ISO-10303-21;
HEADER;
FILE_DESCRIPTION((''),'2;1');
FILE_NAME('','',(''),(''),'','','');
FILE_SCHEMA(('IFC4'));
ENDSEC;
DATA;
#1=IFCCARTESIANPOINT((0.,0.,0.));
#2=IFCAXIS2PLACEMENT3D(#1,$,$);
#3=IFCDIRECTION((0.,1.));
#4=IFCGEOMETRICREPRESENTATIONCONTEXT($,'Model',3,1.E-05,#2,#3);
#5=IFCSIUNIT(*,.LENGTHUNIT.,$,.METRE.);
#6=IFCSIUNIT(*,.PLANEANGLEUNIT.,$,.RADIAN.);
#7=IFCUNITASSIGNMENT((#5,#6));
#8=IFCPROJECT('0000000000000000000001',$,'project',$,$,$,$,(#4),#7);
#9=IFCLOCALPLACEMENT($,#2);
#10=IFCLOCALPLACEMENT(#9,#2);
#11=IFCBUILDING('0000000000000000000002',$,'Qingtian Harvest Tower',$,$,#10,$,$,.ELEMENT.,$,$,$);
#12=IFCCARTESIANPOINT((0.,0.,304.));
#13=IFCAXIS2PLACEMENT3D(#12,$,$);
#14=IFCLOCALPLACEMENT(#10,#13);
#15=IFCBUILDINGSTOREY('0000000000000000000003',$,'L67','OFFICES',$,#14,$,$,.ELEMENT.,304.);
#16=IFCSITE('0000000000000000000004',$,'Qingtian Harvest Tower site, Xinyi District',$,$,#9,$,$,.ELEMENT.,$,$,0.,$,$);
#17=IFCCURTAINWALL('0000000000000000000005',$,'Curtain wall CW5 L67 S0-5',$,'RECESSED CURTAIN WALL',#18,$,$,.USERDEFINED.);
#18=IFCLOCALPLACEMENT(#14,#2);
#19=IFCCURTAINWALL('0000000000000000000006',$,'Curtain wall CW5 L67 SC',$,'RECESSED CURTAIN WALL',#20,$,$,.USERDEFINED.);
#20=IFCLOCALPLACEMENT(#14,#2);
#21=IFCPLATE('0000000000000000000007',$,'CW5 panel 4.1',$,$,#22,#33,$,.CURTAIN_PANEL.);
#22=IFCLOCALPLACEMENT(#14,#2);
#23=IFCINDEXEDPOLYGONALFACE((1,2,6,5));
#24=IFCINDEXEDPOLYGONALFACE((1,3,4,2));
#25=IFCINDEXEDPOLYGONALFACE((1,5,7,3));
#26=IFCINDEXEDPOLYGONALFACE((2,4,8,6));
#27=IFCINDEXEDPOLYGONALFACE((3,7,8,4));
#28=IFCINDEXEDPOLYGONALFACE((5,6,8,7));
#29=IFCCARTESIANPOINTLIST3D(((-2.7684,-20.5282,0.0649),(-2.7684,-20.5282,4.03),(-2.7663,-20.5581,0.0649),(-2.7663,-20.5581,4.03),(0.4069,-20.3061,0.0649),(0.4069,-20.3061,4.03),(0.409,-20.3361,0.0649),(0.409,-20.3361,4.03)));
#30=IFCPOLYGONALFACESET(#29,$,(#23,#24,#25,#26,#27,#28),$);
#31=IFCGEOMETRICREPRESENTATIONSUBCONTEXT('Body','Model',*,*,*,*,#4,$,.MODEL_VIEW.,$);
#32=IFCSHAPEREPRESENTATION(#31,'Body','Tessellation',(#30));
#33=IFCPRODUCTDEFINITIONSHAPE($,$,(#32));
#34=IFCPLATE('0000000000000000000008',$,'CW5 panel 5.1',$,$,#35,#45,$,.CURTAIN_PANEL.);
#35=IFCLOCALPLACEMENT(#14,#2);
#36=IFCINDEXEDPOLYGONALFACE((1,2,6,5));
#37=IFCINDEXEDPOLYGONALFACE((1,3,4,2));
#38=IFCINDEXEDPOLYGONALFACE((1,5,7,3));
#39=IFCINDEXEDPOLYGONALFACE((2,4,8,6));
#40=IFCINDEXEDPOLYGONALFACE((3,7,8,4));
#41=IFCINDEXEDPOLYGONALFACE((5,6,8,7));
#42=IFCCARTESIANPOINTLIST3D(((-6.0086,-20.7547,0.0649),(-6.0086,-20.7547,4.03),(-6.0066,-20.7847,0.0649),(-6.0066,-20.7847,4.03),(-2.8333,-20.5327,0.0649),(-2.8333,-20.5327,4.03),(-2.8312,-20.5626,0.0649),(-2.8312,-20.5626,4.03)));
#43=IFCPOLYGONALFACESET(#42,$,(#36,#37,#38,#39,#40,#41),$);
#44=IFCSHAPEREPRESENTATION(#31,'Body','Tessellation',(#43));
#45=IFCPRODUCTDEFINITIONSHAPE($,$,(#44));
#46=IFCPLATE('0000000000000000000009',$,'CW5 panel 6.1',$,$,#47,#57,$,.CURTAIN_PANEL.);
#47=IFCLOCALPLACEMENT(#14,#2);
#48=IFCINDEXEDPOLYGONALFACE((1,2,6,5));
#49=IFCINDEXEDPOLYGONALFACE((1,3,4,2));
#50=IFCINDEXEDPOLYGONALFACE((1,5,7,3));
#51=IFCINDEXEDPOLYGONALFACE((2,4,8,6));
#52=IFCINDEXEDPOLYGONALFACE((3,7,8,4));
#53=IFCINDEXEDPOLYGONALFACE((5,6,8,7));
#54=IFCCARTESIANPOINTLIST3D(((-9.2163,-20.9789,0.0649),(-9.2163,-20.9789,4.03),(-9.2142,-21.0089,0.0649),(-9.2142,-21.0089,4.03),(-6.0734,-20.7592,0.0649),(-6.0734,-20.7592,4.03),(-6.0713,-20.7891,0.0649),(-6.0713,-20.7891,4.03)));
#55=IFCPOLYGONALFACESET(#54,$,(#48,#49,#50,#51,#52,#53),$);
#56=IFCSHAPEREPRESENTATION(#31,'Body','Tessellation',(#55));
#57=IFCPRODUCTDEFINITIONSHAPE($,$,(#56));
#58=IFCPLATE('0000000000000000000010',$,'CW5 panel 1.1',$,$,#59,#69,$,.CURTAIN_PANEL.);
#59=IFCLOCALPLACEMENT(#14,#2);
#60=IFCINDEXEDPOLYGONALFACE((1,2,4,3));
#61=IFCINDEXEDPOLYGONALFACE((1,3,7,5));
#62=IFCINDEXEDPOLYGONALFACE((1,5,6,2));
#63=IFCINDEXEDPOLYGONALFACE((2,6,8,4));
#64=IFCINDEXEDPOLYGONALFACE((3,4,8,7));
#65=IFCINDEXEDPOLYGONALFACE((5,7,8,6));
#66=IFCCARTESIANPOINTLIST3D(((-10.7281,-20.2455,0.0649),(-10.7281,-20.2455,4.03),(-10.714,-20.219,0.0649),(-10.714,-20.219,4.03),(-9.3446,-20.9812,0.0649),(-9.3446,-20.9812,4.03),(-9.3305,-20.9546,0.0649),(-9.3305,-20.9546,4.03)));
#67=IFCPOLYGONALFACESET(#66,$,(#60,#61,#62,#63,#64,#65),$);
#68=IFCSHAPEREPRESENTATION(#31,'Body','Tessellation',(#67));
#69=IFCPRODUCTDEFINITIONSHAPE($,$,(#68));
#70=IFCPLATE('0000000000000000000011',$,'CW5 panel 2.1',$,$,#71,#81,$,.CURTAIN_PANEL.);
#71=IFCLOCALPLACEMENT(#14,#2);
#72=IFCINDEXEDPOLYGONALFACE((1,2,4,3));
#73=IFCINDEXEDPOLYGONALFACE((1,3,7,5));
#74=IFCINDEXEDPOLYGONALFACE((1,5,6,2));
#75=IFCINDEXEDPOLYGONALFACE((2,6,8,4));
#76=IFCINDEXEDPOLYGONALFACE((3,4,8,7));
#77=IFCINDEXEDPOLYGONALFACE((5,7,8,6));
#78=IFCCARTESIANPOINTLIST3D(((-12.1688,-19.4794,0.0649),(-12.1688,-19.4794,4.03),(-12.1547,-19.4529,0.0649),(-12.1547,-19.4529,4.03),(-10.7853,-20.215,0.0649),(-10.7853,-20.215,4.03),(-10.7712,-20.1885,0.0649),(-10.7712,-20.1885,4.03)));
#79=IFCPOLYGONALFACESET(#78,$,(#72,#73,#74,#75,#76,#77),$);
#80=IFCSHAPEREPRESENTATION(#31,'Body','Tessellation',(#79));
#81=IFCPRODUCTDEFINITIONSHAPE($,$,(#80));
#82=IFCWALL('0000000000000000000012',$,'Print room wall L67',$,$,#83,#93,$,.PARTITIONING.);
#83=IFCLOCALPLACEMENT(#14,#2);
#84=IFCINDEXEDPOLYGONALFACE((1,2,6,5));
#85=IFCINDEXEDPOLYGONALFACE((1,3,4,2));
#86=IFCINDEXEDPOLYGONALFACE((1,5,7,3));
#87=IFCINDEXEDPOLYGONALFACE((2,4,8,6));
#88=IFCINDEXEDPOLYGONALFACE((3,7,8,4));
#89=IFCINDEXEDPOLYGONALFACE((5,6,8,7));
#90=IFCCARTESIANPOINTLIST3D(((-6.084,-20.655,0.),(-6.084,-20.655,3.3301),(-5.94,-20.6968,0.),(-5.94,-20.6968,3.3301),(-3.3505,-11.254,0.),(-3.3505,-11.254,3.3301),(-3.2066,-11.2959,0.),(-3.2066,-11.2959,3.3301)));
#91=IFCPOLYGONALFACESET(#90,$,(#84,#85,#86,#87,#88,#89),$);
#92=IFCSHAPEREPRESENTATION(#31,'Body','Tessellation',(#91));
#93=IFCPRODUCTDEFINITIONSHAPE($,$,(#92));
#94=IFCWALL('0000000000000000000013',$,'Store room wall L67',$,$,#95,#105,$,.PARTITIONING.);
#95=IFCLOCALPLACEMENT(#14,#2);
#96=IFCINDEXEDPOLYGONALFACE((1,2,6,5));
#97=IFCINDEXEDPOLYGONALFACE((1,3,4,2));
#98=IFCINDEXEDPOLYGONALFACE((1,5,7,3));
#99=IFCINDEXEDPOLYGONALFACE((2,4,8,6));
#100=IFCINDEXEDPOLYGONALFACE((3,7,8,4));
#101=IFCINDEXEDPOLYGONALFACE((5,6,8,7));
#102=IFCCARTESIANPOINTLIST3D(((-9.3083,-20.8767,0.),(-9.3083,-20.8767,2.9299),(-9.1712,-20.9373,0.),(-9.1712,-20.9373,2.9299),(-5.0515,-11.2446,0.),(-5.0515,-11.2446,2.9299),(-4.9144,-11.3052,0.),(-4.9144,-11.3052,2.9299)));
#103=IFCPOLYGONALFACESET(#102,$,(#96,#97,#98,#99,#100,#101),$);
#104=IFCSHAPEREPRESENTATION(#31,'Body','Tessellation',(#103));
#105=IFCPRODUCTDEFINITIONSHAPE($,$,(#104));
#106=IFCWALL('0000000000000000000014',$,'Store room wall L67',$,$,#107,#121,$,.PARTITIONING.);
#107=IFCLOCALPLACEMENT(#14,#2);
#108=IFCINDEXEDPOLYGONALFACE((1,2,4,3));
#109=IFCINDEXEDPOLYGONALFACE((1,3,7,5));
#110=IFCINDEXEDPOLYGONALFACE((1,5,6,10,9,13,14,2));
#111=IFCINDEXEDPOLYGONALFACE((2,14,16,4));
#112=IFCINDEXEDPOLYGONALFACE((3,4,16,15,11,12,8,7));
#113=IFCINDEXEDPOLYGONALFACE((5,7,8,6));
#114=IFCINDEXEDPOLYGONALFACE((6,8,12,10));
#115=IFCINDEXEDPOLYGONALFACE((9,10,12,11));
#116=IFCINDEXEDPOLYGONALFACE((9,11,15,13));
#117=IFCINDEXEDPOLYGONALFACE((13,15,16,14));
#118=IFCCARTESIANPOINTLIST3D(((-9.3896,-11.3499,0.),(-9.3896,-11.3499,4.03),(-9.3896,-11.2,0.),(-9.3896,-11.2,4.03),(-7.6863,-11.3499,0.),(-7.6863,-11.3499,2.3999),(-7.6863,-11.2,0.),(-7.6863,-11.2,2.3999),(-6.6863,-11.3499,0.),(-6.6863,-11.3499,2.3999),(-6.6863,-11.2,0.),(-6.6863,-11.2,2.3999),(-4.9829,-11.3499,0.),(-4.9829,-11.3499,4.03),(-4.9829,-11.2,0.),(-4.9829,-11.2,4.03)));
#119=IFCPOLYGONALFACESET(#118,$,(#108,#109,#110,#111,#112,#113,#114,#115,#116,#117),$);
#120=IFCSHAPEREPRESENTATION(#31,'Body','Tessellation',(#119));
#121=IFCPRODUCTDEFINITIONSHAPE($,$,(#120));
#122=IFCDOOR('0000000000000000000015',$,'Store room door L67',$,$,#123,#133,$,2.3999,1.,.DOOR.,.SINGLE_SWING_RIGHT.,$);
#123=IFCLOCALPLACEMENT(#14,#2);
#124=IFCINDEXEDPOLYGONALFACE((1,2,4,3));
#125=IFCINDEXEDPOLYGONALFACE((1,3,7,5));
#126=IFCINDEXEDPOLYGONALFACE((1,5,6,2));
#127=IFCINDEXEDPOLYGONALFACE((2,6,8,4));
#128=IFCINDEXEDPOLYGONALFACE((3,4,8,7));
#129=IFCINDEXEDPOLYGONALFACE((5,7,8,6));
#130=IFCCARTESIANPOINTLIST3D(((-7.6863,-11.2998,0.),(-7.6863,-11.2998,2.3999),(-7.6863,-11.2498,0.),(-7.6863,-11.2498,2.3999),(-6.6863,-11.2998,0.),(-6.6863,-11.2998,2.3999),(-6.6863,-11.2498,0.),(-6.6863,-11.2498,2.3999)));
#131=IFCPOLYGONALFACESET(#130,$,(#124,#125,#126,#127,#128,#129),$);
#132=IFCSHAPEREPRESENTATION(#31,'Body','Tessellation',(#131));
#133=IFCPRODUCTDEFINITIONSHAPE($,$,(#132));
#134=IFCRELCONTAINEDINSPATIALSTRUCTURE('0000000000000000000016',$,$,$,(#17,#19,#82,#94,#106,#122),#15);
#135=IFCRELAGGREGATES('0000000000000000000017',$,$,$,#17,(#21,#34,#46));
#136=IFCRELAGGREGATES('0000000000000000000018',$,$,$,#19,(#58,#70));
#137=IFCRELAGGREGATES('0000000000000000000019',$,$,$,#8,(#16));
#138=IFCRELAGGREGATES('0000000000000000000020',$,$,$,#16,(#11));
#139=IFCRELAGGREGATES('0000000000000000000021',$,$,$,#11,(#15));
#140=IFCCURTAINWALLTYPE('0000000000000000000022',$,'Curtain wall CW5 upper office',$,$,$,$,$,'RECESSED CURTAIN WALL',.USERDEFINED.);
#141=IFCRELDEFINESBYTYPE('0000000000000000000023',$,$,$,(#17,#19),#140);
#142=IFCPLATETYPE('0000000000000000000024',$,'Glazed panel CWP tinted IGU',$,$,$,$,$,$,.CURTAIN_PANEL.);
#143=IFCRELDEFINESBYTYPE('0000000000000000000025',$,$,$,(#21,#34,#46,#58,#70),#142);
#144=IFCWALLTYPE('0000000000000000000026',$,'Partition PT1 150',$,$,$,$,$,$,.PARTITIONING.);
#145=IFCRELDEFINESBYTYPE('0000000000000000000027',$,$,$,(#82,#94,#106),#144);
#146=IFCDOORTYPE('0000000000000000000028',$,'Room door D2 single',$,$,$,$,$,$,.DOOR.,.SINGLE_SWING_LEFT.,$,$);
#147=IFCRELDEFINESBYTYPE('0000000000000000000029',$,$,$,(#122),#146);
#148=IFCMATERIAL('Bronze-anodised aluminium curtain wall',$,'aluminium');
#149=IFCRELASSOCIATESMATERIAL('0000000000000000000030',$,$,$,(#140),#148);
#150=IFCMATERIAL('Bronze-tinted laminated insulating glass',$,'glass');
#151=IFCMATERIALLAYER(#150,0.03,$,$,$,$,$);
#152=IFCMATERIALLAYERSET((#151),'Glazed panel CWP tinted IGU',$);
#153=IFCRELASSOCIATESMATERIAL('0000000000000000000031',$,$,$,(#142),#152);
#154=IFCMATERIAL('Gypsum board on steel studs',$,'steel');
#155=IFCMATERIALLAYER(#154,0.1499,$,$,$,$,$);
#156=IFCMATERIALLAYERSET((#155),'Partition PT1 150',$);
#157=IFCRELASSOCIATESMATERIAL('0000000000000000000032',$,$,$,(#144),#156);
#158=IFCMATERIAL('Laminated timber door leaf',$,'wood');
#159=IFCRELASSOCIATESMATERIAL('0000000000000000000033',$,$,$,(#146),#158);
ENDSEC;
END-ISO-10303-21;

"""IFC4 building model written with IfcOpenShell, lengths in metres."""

from ifc_helpers import new_model, si_unit, direction, frame, frame_2d, origin, origin_2d, place, context, subcontext, project, spatial, rectangle, extrude, material, layer, layer_set, type_object, element, fill, aggregate, save


model = new_model("IFC4")

# Units and contexts
model_context = context("Model", 3, precision=1e-05, world=origin(), true_north=direction((0.0, 1.0)))
body_context = subcontext(model_context, "Body", "Model", "MODEL_VIEW")
ifc_project = project(units=[si_unit("LENGTHUNIT", "METRE"), si_unit("PLANEANGLEUNIT", "RADIAN")], contexts=[model_context])

# Site, building, storey
site_placement = place(None, origin())
site = spatial("IfcSite", under=ifc_project, at=site_placement, Name="Qingtian Harvest Tower site, Xinyi District", CompositionType="ELEMENT", RefElevation=0.0)
building_placement = place(site_placement, origin())
building = spatial("IfcBuilding", under=site, at=building_placement, Name="Qingtian Harvest Tower", CompositionType="ELEMENT")
storey_placement = place(building_placement, frame((0.0, 0.0, 304.0)))
storey = spatial("IfcBuildingStorey", under=building, at=storey_placement, Name="L67", Description="OFFICES", CompositionType="ELEMENT", Elevation=304.0)

# Curtain walls
ifc_material_1 = material(Name="Bronze-anodised aluminium curtain wall", Category="aluminium")
curtain_wall_type = type_object("IfcCurtainWallType", Name="Curtain wall CW5 upper office", ElementType="RECESSED CURTAIN WALL", PredefinedType="USERDEFINED", material=ifc_material_1)
curtain_wall_1_placement = place(storey_placement, origin())
curtain_wall_1 = element("IfcCurtainWall", 1, at=curtain_wall_1_placement, inside=storey, type_object=curtain_wall_type, Name="Curtain wall CW5 L67 S0-5", ObjectType="RECESSED CURTAIN WALL", PredefinedType="USERDEFINED")
curtain_wall_2_placement = place(storey_placement, origin())
curtain_wall_2 = element("IfcCurtainWall", 2, at=curtain_wall_2_placement, inside=storey, type_object=curtain_wall_type, Name="Curtain wall CW5 L67 SC", ObjectType="RECESSED CURTAIN WALL", PredefinedType="USERDEFINED")

# Plates
ifc_material_2 = material(Name="Bronze-tinted laminated insulating glass", Category="glass")
ifc_layer_1 = layer(ifc_material_2, 0.03)
ifc_layer_set_1 = layer_set([ifc_layer_1], Name="Glazed panel CWP tinted IGU")
plate_type = type_object("IfcPlateType", Name="Glazed panel CWP tinted IGU", PredefinedType="CURTAIN_PANEL", material=ifc_layer_set_1)
plate_1_placement = place(storey_placement, frame((-1.1797, -20.4321, 0.0649), z_axis=(0.0, 0.0, 1.0), x_axis=(-0.997564, -0.069756, 0.0)))
plate_1 = element("IfcPlate", 3, at=plate_1_placement, type_object=plate_type, Name="CW5 panel 4.1", PredefinedType="CURTAIN_PANEL", context=body_context, shape_type="SweptSolid", body=[
    extrude(rectangle(XDim=3.1831, YDim=0.03, at=origin_2d()), origin(), (0.0, 0.0, 1.0), 3.9651),
])
plate_2_placement = place(storey_placement, frame((-4.4199, -20.6587, 0.0649), z_axis=(0.0, 0.0, 1.0), x_axis=(-0.997564, -0.069756, 0.0)))
plate_2 = element("IfcPlate", 4, at=plate_2_placement, type_object=plate_type, Name="CW5 panel 5.1", PredefinedType="CURTAIN_PANEL", context=body_context, shape_type="SweptSolid", body=[
    extrude(rectangle(XDim=3.1831, YDim=0.03, at=origin_2d()), origin(), (0.0, 0.0, 1.0), 3.9651),
])
plate_3_placement = place(storey_placement, frame((-7.6438, -20.884, 0.0649), z_axis=(0.0, 0.0, 1.0), x_axis=(-0.997564, -0.069756, 0.0)))
plate_3 = element("IfcPlate", 5, at=plate_3_placement, type_object=plate_type, Name="CW5 panel 6.1", PredefinedType="CURTAIN_PANEL", context=body_context, shape_type="SweptSolid", body=[
    extrude(rectangle(XDim=3.1506, YDim=0.03, at=origin_2d()), origin(), (0.0, 0.0, 1.0), 3.9651),
])
aggregate(curtain_wall_1, [plate_1, plate_2, plate_3])
plate_4_placement = place(storey_placement, frame((-10.0293, -20.6001, 0.0649), z_axis=(0.0, 0.0, 1.0), x_axis=(-0.882948, 0.469472, 0.0)))
plate_4 = element("IfcPlate", 6, at=plate_4_placement, type_object=plate_type, Name="CW5 panel 1.1", PredefinedType="CURTAIN_PANEL", context=body_context, shape_type="SweptSolid", body=[
    extrude(rectangle(XDim=1.5669, YDim=0.03, at=origin_2d()), origin(), (0.0, 0.0, 1.0), 3.9651),
])
plate_5_placement = place(storey_placement, frame((-11.47, -19.834, 0.0649), z_axis=(0.0, 0.0, 1.0), x_axis=(-0.882948, 0.469472, 0.0)))
plate_5 = element("IfcPlate", 7, at=plate_5_placement, type_object=plate_type, Name="CW5 panel 2.1", PredefinedType="CURTAIN_PANEL", context=body_context, shape_type="SweptSolid", body=[
    extrude(rectangle(XDim=1.5669, YDim=0.03, at=origin_2d()), origin(), (0.0, 0.0, 1.0), 3.9651),
])
aggregate(curtain_wall_2, [plate_4, plate_5])

# Walls
ifc_material_3 = material(Name="Gypsum board on steel studs", Category="steel")
ifc_layer_2 = layer(ifc_material_3, 0.1499)
ifc_layer_set_2 = layer_set([ifc_layer_2], Name="Partition PT1 150")
wall_type = type_object("IfcWallType", Name="Partition PT1 150", PredefinedType="PARTITIONING", material=ifc_layer_set_2)
wall_1_placement = place(storey_placement, frame((-6.012, -20.6758, 0.0), z_axis=(0.0, 0.0, 1.0), x_axis=(0.279197, 0.960234, 0.0)))
element("IfcWall", 8, at=wall_1_placement, inside=storey, type_object=wall_type, Name="Print room wall L67", PredefinedType="PARTITIONING", context=body_context, shape_type="SweptSolid", body=[
    extrude(rectangle(XDim=9.7903, YDim=0.1499, at=frame_2d((4.895, 0.0))), origin(), (0.0, 0.0, 1.0), 3.3301),
])
wall_2_placement = place(storey_placement, frame((-9.2397, -20.907, 0.0), z_axis=(0.0, 0.0, 1.0), x_axis=(0.404227, 0.914658, 0.0)))
element("IfcWall", 9, at=wall_2_placement, inside=storey, type_object=wall_type, Name="Store room wall L67", PredefinedType="PARTITIONING", context=body_context, shape_type="SweptSolid", body=[
    extrude(rectangle(XDim=10.5308, YDim=0.1499, at=frame_2d((5.2654, 0.0))), origin(), (0.0, 0.0, 1.0), 2.9299),
])

# Wall, opening, door
wall_3_placement = place(storey_placement, frame((-4.9829, -11.2749, 0.0), z_axis=(0.0, 0.0, 1.0), x_axis=(-1.0, 0.0, 0.0)))
wall_3 = element("IfcWall", 10, at=wall_3_placement, inside=storey, type_object=wall_type, Name="Store room wall L67", PredefinedType="PARTITIONING", context=body_context, shape_type="SweptSolid", body=[
    extrude(rectangle(XDim=4.4067, YDim=0.1499, at=frame_2d((2.2034, 0.0))), origin(), (0.0, 0.0, 1.0), 4.03),
])
opening_1_placement = place(wall_3_placement, frame((1.7034, 0.0, 0.0)))
opening_1 = element("IfcOpeningElement", 11, at=opening_1_placement, cuts=wall_3, PredefinedType="OPENING", context=body_context, shape_type="SweptSolid", body=[
    extrude(rectangle(XDim=1.0, YDim=2.3999, at=frame_2d((0.5, 1.2))), frame((0.0, 0.085, 0.0), z_axis=(0.0, -1.0, 0.0), x_axis=(1.0, 0.0, 0.0)), (0.0, 0.0, 1.0), 0.1699),
])
ifc_material_4 = material(Name="Laminated timber door leaf", Category="wood")
door_type_1 = type_object("IfcDoorType", Name="Room door D2 single", OperationType="SINGLE_SWING_LEFT", PredefinedType="DOOR", material=ifc_material_4)
door_1_placement = place(opening_1_placement, origin())
door_1 = element("IfcDoor", 12, at=door_1_placement, inside=storey, type_object=door_type_1, Name="Store room door L67", OperationType="SINGLE_SWING_RIGHT", OverallHeight=2.3999, OverallWidth=1.0, PredefinedType="DOOR", context=body_context, shape_type="SweptSolid", body=[
    extrude(rectangle(XDim=1.0, YDim=2.3999, at=frame_2d((0.5, 1.2))), frame((0.0, 0.0249, 0.0), z_axis=(0.0, -1.0, 0.0), x_axis=(1.0, 0.0, 0.0)), (0.0, 0.0, 1.0), 0.05),
])
fill(opening_1, door_1)

save(model, "model.ifc")
